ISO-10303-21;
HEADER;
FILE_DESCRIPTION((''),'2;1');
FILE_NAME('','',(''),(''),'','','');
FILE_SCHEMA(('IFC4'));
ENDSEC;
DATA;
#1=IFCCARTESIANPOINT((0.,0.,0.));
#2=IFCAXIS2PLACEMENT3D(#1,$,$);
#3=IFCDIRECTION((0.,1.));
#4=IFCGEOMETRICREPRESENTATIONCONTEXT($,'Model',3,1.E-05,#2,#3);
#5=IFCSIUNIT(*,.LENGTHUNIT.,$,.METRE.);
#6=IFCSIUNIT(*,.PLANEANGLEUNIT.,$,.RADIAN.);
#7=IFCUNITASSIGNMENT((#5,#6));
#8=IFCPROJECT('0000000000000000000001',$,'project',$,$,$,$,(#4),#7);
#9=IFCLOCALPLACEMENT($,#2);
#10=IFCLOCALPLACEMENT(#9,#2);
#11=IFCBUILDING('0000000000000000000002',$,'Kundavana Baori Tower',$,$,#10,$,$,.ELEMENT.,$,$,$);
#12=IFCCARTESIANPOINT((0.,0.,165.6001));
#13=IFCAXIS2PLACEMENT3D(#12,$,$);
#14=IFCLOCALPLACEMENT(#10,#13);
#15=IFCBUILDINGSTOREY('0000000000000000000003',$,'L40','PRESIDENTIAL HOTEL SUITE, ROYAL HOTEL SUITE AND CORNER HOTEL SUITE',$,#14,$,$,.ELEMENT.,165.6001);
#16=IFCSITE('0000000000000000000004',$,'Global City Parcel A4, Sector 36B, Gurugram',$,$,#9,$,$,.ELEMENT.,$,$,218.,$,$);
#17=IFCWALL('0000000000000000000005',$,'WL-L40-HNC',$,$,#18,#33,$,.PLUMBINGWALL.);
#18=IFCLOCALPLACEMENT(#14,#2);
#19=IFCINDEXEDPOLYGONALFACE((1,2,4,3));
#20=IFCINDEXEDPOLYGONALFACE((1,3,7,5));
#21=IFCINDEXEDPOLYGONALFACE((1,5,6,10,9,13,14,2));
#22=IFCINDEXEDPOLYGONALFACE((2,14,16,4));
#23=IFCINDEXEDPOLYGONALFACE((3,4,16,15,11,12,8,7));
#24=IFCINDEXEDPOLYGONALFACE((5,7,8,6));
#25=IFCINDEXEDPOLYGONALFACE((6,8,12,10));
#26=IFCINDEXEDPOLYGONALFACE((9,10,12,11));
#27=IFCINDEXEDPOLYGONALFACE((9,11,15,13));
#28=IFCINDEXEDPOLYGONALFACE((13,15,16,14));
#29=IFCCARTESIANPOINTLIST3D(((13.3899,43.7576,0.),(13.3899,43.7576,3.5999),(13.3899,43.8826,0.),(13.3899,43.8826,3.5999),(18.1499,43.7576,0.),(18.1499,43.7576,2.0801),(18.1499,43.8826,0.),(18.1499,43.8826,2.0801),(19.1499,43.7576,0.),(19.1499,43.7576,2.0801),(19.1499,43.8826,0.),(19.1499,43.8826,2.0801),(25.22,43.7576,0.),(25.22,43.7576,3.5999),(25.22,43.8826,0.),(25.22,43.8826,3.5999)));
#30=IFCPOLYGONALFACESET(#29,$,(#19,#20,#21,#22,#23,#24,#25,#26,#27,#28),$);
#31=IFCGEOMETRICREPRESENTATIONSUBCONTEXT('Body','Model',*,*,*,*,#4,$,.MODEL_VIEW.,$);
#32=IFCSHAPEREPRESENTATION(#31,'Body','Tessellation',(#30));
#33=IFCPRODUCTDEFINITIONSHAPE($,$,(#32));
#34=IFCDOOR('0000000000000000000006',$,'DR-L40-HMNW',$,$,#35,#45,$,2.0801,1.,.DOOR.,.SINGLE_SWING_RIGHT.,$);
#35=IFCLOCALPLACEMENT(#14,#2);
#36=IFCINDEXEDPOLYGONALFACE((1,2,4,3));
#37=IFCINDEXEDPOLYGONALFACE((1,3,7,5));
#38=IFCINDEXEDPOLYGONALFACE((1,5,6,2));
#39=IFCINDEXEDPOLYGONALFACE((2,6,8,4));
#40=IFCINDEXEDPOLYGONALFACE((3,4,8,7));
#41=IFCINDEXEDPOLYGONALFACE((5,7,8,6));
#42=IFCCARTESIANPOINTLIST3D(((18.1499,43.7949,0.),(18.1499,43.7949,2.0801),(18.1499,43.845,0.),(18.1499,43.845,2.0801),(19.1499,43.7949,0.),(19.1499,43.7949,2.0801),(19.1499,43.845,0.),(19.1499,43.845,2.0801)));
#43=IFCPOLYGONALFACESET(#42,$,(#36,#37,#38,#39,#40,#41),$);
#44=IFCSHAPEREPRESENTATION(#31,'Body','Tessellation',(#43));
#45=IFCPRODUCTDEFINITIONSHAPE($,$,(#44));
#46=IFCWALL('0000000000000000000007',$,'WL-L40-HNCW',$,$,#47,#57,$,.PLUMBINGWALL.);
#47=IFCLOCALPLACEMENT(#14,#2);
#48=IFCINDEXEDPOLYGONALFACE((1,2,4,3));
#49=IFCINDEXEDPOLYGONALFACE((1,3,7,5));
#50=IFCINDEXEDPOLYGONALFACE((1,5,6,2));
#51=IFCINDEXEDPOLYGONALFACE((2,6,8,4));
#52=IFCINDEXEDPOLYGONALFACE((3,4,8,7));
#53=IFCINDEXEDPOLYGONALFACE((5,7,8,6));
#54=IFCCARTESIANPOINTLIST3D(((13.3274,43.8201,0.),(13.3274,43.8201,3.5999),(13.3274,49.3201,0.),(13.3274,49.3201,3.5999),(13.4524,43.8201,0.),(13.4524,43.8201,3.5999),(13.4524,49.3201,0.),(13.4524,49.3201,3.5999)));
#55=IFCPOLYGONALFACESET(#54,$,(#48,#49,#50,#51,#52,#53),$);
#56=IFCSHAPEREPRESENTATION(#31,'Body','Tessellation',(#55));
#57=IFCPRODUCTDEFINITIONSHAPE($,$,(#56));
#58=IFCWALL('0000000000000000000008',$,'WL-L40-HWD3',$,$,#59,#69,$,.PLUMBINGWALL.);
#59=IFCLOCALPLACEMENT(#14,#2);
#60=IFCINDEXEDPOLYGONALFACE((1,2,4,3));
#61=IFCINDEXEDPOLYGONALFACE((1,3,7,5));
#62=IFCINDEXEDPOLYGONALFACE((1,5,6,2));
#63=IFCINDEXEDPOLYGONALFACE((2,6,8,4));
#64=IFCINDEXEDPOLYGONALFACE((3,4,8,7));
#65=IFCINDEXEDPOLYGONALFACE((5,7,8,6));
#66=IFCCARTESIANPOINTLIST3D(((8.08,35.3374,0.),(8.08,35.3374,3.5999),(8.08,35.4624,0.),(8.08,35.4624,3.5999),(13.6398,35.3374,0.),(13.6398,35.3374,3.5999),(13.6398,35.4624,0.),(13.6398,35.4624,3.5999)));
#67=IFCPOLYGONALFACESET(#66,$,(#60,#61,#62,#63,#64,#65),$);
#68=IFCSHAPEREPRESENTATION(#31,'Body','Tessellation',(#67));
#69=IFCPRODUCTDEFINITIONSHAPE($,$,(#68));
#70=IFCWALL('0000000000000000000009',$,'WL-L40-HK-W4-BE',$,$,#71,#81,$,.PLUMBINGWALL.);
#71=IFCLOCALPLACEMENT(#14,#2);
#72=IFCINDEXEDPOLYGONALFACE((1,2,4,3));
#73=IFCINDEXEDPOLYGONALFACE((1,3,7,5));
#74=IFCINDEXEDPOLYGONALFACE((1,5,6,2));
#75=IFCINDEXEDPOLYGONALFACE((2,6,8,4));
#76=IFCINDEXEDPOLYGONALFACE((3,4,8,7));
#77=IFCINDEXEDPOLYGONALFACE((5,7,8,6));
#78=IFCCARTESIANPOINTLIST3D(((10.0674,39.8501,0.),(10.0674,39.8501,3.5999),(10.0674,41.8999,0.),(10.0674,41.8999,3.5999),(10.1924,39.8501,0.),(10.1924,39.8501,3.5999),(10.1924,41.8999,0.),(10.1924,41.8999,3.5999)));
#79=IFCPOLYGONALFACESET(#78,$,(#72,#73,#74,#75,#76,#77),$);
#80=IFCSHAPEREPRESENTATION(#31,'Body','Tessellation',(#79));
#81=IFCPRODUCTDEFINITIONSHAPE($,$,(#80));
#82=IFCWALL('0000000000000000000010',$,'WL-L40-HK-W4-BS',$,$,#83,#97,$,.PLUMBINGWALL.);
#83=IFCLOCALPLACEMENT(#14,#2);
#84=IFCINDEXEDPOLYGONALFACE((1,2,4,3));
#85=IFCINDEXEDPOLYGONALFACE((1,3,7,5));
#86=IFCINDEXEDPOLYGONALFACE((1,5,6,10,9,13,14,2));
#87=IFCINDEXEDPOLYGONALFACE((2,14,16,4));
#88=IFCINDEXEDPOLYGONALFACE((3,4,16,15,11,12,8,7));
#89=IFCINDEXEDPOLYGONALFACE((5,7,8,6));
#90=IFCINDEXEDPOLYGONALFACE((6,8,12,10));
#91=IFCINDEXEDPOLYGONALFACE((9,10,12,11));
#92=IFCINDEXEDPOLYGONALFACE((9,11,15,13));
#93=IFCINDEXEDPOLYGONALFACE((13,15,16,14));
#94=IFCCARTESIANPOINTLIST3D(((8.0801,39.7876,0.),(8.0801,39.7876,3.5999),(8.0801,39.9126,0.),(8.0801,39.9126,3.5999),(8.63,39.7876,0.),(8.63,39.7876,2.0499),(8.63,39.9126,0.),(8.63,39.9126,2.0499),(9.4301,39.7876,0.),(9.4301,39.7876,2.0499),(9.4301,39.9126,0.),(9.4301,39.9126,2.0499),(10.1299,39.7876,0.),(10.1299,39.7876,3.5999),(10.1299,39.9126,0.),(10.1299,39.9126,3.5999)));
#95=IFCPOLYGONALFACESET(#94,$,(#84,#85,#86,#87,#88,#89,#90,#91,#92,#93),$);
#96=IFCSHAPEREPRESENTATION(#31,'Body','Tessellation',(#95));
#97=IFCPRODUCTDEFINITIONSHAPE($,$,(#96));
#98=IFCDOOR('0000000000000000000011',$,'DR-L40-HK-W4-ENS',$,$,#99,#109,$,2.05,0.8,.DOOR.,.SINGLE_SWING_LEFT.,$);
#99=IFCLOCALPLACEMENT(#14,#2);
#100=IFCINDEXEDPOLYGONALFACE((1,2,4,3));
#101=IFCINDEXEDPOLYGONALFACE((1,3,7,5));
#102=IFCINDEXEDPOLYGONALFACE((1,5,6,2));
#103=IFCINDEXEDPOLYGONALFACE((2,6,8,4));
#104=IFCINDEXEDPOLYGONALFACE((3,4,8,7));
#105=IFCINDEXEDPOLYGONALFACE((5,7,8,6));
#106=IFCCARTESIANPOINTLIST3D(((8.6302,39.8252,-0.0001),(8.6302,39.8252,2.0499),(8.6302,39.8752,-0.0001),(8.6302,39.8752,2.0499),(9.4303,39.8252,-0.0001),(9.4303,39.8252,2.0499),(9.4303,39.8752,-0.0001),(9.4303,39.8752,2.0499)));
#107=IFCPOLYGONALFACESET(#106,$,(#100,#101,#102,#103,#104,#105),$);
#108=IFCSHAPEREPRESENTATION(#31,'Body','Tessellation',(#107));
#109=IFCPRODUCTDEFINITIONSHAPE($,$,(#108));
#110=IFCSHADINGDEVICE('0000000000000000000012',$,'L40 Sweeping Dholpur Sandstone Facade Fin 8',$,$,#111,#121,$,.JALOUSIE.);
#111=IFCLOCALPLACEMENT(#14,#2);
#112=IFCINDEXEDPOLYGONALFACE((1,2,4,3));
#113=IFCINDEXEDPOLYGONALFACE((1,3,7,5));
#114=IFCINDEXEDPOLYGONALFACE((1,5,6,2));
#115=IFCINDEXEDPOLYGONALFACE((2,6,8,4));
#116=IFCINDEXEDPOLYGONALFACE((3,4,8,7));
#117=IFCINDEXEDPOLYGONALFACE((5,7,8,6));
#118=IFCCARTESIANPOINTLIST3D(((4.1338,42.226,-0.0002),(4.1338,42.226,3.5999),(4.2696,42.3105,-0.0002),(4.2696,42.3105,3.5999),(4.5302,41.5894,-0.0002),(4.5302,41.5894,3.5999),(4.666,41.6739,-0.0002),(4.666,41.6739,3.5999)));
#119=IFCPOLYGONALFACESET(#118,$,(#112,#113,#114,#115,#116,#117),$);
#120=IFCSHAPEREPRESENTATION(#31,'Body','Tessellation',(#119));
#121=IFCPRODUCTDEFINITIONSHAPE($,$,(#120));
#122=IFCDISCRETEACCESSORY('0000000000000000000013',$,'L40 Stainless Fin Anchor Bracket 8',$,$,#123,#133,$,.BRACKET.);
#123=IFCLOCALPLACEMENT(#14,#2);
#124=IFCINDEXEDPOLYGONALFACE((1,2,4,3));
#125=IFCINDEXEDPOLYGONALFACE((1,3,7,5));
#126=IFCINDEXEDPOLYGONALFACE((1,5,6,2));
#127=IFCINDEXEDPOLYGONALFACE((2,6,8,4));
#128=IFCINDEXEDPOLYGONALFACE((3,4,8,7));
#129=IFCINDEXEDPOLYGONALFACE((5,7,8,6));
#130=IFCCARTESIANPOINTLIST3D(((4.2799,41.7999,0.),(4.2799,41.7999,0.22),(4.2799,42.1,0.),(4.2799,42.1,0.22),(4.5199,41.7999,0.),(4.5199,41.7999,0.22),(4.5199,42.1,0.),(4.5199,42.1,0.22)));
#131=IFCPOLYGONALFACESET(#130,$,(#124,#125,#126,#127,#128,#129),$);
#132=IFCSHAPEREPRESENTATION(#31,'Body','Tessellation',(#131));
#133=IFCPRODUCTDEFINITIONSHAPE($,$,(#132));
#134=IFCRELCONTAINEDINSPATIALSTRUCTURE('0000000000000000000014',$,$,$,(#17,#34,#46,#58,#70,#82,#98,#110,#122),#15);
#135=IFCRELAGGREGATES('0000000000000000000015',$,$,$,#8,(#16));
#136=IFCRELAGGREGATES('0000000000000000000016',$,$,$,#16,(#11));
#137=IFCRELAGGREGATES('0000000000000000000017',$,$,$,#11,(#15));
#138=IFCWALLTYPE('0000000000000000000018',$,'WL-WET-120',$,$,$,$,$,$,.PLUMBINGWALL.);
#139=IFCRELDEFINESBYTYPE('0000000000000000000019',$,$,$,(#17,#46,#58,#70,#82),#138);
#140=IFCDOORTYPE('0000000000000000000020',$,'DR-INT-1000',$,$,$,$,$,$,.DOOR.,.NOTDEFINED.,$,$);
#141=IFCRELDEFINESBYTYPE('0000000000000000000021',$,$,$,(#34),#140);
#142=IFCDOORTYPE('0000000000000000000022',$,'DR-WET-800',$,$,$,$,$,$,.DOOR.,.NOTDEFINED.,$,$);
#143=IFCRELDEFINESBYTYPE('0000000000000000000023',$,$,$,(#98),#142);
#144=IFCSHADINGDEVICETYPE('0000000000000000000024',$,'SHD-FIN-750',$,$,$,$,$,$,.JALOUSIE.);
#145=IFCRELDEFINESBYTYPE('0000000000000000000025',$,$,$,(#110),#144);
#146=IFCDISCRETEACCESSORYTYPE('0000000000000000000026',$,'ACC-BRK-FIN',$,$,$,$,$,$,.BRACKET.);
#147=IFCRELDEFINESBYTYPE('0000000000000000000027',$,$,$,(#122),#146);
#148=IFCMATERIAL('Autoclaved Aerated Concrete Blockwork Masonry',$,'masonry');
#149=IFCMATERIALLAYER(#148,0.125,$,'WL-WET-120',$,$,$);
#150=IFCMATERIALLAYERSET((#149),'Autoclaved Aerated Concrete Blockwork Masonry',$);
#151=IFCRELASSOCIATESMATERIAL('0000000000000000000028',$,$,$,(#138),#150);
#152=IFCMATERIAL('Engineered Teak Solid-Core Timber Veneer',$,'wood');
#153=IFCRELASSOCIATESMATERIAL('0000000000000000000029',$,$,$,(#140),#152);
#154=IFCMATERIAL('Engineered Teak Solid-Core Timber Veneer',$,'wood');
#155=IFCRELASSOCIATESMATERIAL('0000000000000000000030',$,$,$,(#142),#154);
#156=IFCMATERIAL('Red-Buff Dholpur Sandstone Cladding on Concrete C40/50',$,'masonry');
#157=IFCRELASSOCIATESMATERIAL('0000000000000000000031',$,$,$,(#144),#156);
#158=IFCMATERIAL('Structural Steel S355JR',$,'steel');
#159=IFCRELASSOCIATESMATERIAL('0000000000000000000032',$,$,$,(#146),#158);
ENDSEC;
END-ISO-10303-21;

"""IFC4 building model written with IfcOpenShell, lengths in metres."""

from ifc_helpers import new_model, si_unit, direction, frame, frame_2d, origin, origin_2d, place, context, subcontext, project, spatial, rectangle, extrude, material, layer, layer_set, type_object, element, fill, save


model = new_model("IFC4")

# Units and contexts
model_context = context("Model", 3, precision=1e-05, world=origin(), true_north=direction((0.0, 1.0)))
body_context = subcontext(model_context, "Body", "Model", "MODEL_VIEW")
ifc_project = project(units=[si_unit("LENGTHUNIT", "METRE"), si_unit("PLANEANGLEUNIT", "RADIAN")], contexts=[model_context])

# Site, building, storey
site_placement = place(None, origin())
site = spatial("IfcSite", under=ifc_project, at=site_placement, Name="Global City Parcel A4, Sector 36B, Gurugram", CompositionType="ELEMENT", RefElevation=218.0)
building_placement = place(site_placement, origin())
building = spatial("IfcBuilding", under=site, at=building_placement, Name="Kundavana Baori Tower", CompositionType="ELEMENT")
storey_placement = place(building_placement, frame((0.0, 0.0, 165.6001)))
storey = spatial("IfcBuildingStorey", under=building, at=storey_placement, Name="L40", Description="PRESIDENTIAL HOTEL SUITE, ROYAL HOTEL SUITE AND CORNER HOTEL SUITE", CompositionType="ELEMENT", Elevation=165.6001)

# Shared definitions
ifc_material_1 = material(Name="Autoclaved Aerated Concrete Blockwork Masonry", Category="masonry")
ifc_layer_1 = layer(ifc_material_1, 0.125, Name="WL-WET-120")
ifc_layer_set_1 = layer_set([ifc_layer_1], Name="Autoclaved Aerated Concrete Blockwork Masonry")
wall_type_1 = type_object("IfcWallType", Name="WL-WET-120", PredefinedType="PLUMBINGWALL", material=ifc_layer_set_1)

# Wall, opening, door
wall_1_placement = place(storey_placement, frame((13.3899, 43.8201, 0.0), z_axis=(0.0, 0.0, 1.0), x_axis=(1.0, 0.0, 0.0)))
wall_1 = element("IfcWall", 1, at=wall_1_placement, inside=storey, type_object=wall_type_1, Name="WL-L40-HNC", PredefinedType="PLUMBINGWALL", context=body_context, shape_type="SweptSolid", body=[
    extrude(rectangle(XDim=11.8301, YDim=0.125, at=frame_2d((5.915, 0.0))), origin(), (0.0, 0.0, 1.0), 3.5999),
])
opening_1_placement = place(wall_1_placement, frame((4.76, 0.0, 0.0)))
opening_1 = element("IfcOpeningElement", 2, at=opening_1_placement, cuts=wall_1, PredefinedType="OPENING", context=body_context, shape_type="SweptSolid", body=[
    extrude(rectangle(XDim=1.0, YDim=2.0801, at=frame_2d((0.5, 1.04))), frame((0.0, 0.0725, 0.0), z_axis=(0.0, -1.0, 0.0), x_axis=(1.0, 0.0, 0.0)), (0.0, 0.0, 1.0), 0.145),
])
ifc_material_2 = material(Name="Engineered Teak Solid-Core Timber Veneer", Category="wood")
door_type_1 = type_object("IfcDoorType", Name="DR-INT-1000", OperationType="NOTDEFINED", PredefinedType="DOOR", material=ifc_material_2)
door_1_placement = place(opening_1_placement, origin())
door_1 = element("IfcDoor", 3, at=door_1_placement, inside=storey, type_object=door_type_1, Name="DR-L40-HMNW", OperationType="SINGLE_SWING_RIGHT", OverallHeight=2.0801, OverallWidth=1.0, PredefinedType="DOOR", context=body_context, shape_type="SweptSolid", body=[
    extrude(rectangle(XDim=1.0, YDim=2.0801, at=frame_2d((0.5, 1.04))), frame((0.0, 0.0249, 0.0), z_axis=(0.0, -1.0, 0.0), x_axis=(1.0, 0.0, 0.0)), (0.0, 0.0, 1.0), 0.05),
])
fill(opening_1, door_1)

# Walls
wall_2_placement = place(storey_placement, frame((13.3899, 43.8201, 0.0), z_axis=(0.0, 0.0, 1.0), x_axis=(0.0, 1.0, 0.0)))
element("IfcWall", 4, at=wall_2_placement, inside=storey, type_object=wall_type_1, Name="WL-L40-HNCW", PredefinedType="PLUMBINGWALL", context=body_context, shape_type="SweptSolid", body=[
    extrude(rectangle(XDim=5.5, YDim=0.125, at=frame_2d((2.75, 0.0))), origin(), (0.0, 0.0, 1.0), 3.5999),
])
wall_3_placement = place(storey_placement, frame((8.0801, 35.3999, 0.0), z_axis=(0.0, 0.0, 1.0), x_axis=(1.0, 0.0, 0.0)))
element("IfcWall", 5, at=wall_3_placement, inside=storey, type_object=wall_type_1, Name="WL-L40-HWD3", PredefinedType="PLUMBINGWALL", context=body_context, shape_type="SweptSolid", body=[
    extrude(rectangle(XDim=5.5598, YDim=0.125, at=frame_2d((2.7798, 0.0))), origin(), (0.0, 0.0, 1.0), 3.5999),
])
wall_4_placement = place(storey_placement, frame((10.1299, 39.8501, 0.0), z_axis=(0.0, 0.0, 1.0), x_axis=(0.0, 1.0, 0.0)))
element("IfcWall", 6, at=wall_4_placement, inside=storey, type_object=wall_type_1, Name="WL-L40-HK-W4-BE", PredefinedType="PLUMBINGWALL", context=body_context, shape_type="SweptSolid", body=[
    extrude(rectangle(XDim=2.0498, YDim=0.125, at=frame_2d((1.0249, 0.0))), origin(), (0.0, 0.0, 1.0), 3.5999),
])

# Wall, opening, door
wall_5_placement = place(storey_placement, frame((8.0801, 39.8501, 0.0), z_axis=(0.0, 0.0, 1.0), x_axis=(1.0, 0.0, 0.0)))
wall_5 = element("IfcWall", 7, at=wall_5_placement, inside=storey, type_object=wall_type_1, Name="WL-L40-HK-W4-BS", PredefinedType="PLUMBINGWALL", context=body_context, shape_type="SweptSolid", body=[
    extrude(rectangle(XDim=2.0498, YDim=0.125, at=frame_2d((1.0249, 0.0))), origin(), (0.0, 0.0, 1.0), 3.5999),
])
opening_2_placement = place(wall_5_placement, frame((0.55, 0.0, 0.0)))
opening_2 = element("IfcOpeningElement", 8, at=opening_2_placement, cuts=wall_5, PredefinedType="OPENING", context=body_context, shape_type="SweptSolid", body=[
    extrude(rectangle(XDim=0.8, YDim=2.05, at=frame_2d((0.3999, 1.0249))), frame((0.0, 0.0725, 0.0), z_axis=(0.0, -1.0, 0.0), x_axis=(1.0, 0.0, 0.0)), (0.0, 0.0, 1.0), 0.145),
])
ifc_material_3 = material(Name="Engineered Teak Solid-Core Timber Veneer", Category="wood")
door_type_2 = type_object("IfcDoorType", Name="DR-WET-800", OperationType="NOTDEFINED", PredefinedType="DOOR", material=ifc_material_3)
door_2_placement = place(opening_2_placement, frame((0.8, 0.0, 0.0), z_axis=(0.0, 0.0, 1.0), x_axis=(-1.0, 0.0, 0.0)))
door_2 = element("IfcDoor", 9, at=door_2_placement, inside=storey, type_object=door_type_2, Name="DR-L40-HK-W4-ENS", OperationType="SINGLE_SWING_LEFT", OverallHeight=2.05, OverallWidth=0.8, PredefinedType="DOOR", context=body_context, shape_type="SweptSolid", body=[
    extrude(rectangle(XDim=0.8, YDim=2.05, at=frame_2d((0.3999, 1.0249))), frame((0.0, 0.0249, 0.0), z_axis=(0.0, -1.0, 0.0), x_axis=(1.0, 0.0, 0.0)), (0.0, 0.0, 1.0), 0.05),
])
fill(opening_2, door_2)

# Shading device
ifc_material_4 = material(Name="Red-Buff Dholpur Sandstone Cladding on Concrete C40/50", Category="masonry")
shading_device_type = type_object("IfcShadingDeviceType", Name="SHD-FIN-750", PredefinedType="JALOUSIE", material=ifc_material_4)
shading_device_placement = place(storey_placement, frame((4.3999, 41.95, -0.0002), z_axis=(0.0, 0.0, 1.0), x_axis=(0.848879, 0.528587, 0.0)))
element("IfcShadingDevice", 10, at=shading_device_placement, inside=storey, type_object=shading_device_type, Name="L40 Sweeping Dholpur Sandstone Facade Fin 8", PredefinedType="JALOUSIE", context=body_context, shape_type="SweptSolid", body=[
    extrude(rectangle(XDim=0.1599, YDim=0.75, at=origin_2d()), origin(), (0.0, 0.0, 1.0), 3.6001),
])

# Discrete accessory
ifc_material_5 = material(Name="Structural Steel S355JR", Category="steel")
discrete_accessory_type = type_object("IfcDiscreteAccessoryType", Name="ACC-BRK-FIN", PredefinedType="BRACKET", material=ifc_material_5)
discrete_accessory_placement = place(storey_placement, frame((4.3999, 41.95, 0.0), z_axis=(0.0, 0.0, 1.0), x_axis=(1.0, 0.0, 0.0)))
element("IfcDiscreteAccessory", 11, at=discrete_accessory_placement, inside=storey, type_object=discrete_accessory_type, Name="L40 Stainless Fin Anchor Bracket 8", PredefinedType="BRACKET", context=body_context, shape_type="SweptSolid", body=[
    extrude(rectangle(XDim=0.24, YDim=0.3, at=origin_2d()), origin(), (0.0, 0.0, 1.0), 0.22),
])

save(model, "model.ifc")
